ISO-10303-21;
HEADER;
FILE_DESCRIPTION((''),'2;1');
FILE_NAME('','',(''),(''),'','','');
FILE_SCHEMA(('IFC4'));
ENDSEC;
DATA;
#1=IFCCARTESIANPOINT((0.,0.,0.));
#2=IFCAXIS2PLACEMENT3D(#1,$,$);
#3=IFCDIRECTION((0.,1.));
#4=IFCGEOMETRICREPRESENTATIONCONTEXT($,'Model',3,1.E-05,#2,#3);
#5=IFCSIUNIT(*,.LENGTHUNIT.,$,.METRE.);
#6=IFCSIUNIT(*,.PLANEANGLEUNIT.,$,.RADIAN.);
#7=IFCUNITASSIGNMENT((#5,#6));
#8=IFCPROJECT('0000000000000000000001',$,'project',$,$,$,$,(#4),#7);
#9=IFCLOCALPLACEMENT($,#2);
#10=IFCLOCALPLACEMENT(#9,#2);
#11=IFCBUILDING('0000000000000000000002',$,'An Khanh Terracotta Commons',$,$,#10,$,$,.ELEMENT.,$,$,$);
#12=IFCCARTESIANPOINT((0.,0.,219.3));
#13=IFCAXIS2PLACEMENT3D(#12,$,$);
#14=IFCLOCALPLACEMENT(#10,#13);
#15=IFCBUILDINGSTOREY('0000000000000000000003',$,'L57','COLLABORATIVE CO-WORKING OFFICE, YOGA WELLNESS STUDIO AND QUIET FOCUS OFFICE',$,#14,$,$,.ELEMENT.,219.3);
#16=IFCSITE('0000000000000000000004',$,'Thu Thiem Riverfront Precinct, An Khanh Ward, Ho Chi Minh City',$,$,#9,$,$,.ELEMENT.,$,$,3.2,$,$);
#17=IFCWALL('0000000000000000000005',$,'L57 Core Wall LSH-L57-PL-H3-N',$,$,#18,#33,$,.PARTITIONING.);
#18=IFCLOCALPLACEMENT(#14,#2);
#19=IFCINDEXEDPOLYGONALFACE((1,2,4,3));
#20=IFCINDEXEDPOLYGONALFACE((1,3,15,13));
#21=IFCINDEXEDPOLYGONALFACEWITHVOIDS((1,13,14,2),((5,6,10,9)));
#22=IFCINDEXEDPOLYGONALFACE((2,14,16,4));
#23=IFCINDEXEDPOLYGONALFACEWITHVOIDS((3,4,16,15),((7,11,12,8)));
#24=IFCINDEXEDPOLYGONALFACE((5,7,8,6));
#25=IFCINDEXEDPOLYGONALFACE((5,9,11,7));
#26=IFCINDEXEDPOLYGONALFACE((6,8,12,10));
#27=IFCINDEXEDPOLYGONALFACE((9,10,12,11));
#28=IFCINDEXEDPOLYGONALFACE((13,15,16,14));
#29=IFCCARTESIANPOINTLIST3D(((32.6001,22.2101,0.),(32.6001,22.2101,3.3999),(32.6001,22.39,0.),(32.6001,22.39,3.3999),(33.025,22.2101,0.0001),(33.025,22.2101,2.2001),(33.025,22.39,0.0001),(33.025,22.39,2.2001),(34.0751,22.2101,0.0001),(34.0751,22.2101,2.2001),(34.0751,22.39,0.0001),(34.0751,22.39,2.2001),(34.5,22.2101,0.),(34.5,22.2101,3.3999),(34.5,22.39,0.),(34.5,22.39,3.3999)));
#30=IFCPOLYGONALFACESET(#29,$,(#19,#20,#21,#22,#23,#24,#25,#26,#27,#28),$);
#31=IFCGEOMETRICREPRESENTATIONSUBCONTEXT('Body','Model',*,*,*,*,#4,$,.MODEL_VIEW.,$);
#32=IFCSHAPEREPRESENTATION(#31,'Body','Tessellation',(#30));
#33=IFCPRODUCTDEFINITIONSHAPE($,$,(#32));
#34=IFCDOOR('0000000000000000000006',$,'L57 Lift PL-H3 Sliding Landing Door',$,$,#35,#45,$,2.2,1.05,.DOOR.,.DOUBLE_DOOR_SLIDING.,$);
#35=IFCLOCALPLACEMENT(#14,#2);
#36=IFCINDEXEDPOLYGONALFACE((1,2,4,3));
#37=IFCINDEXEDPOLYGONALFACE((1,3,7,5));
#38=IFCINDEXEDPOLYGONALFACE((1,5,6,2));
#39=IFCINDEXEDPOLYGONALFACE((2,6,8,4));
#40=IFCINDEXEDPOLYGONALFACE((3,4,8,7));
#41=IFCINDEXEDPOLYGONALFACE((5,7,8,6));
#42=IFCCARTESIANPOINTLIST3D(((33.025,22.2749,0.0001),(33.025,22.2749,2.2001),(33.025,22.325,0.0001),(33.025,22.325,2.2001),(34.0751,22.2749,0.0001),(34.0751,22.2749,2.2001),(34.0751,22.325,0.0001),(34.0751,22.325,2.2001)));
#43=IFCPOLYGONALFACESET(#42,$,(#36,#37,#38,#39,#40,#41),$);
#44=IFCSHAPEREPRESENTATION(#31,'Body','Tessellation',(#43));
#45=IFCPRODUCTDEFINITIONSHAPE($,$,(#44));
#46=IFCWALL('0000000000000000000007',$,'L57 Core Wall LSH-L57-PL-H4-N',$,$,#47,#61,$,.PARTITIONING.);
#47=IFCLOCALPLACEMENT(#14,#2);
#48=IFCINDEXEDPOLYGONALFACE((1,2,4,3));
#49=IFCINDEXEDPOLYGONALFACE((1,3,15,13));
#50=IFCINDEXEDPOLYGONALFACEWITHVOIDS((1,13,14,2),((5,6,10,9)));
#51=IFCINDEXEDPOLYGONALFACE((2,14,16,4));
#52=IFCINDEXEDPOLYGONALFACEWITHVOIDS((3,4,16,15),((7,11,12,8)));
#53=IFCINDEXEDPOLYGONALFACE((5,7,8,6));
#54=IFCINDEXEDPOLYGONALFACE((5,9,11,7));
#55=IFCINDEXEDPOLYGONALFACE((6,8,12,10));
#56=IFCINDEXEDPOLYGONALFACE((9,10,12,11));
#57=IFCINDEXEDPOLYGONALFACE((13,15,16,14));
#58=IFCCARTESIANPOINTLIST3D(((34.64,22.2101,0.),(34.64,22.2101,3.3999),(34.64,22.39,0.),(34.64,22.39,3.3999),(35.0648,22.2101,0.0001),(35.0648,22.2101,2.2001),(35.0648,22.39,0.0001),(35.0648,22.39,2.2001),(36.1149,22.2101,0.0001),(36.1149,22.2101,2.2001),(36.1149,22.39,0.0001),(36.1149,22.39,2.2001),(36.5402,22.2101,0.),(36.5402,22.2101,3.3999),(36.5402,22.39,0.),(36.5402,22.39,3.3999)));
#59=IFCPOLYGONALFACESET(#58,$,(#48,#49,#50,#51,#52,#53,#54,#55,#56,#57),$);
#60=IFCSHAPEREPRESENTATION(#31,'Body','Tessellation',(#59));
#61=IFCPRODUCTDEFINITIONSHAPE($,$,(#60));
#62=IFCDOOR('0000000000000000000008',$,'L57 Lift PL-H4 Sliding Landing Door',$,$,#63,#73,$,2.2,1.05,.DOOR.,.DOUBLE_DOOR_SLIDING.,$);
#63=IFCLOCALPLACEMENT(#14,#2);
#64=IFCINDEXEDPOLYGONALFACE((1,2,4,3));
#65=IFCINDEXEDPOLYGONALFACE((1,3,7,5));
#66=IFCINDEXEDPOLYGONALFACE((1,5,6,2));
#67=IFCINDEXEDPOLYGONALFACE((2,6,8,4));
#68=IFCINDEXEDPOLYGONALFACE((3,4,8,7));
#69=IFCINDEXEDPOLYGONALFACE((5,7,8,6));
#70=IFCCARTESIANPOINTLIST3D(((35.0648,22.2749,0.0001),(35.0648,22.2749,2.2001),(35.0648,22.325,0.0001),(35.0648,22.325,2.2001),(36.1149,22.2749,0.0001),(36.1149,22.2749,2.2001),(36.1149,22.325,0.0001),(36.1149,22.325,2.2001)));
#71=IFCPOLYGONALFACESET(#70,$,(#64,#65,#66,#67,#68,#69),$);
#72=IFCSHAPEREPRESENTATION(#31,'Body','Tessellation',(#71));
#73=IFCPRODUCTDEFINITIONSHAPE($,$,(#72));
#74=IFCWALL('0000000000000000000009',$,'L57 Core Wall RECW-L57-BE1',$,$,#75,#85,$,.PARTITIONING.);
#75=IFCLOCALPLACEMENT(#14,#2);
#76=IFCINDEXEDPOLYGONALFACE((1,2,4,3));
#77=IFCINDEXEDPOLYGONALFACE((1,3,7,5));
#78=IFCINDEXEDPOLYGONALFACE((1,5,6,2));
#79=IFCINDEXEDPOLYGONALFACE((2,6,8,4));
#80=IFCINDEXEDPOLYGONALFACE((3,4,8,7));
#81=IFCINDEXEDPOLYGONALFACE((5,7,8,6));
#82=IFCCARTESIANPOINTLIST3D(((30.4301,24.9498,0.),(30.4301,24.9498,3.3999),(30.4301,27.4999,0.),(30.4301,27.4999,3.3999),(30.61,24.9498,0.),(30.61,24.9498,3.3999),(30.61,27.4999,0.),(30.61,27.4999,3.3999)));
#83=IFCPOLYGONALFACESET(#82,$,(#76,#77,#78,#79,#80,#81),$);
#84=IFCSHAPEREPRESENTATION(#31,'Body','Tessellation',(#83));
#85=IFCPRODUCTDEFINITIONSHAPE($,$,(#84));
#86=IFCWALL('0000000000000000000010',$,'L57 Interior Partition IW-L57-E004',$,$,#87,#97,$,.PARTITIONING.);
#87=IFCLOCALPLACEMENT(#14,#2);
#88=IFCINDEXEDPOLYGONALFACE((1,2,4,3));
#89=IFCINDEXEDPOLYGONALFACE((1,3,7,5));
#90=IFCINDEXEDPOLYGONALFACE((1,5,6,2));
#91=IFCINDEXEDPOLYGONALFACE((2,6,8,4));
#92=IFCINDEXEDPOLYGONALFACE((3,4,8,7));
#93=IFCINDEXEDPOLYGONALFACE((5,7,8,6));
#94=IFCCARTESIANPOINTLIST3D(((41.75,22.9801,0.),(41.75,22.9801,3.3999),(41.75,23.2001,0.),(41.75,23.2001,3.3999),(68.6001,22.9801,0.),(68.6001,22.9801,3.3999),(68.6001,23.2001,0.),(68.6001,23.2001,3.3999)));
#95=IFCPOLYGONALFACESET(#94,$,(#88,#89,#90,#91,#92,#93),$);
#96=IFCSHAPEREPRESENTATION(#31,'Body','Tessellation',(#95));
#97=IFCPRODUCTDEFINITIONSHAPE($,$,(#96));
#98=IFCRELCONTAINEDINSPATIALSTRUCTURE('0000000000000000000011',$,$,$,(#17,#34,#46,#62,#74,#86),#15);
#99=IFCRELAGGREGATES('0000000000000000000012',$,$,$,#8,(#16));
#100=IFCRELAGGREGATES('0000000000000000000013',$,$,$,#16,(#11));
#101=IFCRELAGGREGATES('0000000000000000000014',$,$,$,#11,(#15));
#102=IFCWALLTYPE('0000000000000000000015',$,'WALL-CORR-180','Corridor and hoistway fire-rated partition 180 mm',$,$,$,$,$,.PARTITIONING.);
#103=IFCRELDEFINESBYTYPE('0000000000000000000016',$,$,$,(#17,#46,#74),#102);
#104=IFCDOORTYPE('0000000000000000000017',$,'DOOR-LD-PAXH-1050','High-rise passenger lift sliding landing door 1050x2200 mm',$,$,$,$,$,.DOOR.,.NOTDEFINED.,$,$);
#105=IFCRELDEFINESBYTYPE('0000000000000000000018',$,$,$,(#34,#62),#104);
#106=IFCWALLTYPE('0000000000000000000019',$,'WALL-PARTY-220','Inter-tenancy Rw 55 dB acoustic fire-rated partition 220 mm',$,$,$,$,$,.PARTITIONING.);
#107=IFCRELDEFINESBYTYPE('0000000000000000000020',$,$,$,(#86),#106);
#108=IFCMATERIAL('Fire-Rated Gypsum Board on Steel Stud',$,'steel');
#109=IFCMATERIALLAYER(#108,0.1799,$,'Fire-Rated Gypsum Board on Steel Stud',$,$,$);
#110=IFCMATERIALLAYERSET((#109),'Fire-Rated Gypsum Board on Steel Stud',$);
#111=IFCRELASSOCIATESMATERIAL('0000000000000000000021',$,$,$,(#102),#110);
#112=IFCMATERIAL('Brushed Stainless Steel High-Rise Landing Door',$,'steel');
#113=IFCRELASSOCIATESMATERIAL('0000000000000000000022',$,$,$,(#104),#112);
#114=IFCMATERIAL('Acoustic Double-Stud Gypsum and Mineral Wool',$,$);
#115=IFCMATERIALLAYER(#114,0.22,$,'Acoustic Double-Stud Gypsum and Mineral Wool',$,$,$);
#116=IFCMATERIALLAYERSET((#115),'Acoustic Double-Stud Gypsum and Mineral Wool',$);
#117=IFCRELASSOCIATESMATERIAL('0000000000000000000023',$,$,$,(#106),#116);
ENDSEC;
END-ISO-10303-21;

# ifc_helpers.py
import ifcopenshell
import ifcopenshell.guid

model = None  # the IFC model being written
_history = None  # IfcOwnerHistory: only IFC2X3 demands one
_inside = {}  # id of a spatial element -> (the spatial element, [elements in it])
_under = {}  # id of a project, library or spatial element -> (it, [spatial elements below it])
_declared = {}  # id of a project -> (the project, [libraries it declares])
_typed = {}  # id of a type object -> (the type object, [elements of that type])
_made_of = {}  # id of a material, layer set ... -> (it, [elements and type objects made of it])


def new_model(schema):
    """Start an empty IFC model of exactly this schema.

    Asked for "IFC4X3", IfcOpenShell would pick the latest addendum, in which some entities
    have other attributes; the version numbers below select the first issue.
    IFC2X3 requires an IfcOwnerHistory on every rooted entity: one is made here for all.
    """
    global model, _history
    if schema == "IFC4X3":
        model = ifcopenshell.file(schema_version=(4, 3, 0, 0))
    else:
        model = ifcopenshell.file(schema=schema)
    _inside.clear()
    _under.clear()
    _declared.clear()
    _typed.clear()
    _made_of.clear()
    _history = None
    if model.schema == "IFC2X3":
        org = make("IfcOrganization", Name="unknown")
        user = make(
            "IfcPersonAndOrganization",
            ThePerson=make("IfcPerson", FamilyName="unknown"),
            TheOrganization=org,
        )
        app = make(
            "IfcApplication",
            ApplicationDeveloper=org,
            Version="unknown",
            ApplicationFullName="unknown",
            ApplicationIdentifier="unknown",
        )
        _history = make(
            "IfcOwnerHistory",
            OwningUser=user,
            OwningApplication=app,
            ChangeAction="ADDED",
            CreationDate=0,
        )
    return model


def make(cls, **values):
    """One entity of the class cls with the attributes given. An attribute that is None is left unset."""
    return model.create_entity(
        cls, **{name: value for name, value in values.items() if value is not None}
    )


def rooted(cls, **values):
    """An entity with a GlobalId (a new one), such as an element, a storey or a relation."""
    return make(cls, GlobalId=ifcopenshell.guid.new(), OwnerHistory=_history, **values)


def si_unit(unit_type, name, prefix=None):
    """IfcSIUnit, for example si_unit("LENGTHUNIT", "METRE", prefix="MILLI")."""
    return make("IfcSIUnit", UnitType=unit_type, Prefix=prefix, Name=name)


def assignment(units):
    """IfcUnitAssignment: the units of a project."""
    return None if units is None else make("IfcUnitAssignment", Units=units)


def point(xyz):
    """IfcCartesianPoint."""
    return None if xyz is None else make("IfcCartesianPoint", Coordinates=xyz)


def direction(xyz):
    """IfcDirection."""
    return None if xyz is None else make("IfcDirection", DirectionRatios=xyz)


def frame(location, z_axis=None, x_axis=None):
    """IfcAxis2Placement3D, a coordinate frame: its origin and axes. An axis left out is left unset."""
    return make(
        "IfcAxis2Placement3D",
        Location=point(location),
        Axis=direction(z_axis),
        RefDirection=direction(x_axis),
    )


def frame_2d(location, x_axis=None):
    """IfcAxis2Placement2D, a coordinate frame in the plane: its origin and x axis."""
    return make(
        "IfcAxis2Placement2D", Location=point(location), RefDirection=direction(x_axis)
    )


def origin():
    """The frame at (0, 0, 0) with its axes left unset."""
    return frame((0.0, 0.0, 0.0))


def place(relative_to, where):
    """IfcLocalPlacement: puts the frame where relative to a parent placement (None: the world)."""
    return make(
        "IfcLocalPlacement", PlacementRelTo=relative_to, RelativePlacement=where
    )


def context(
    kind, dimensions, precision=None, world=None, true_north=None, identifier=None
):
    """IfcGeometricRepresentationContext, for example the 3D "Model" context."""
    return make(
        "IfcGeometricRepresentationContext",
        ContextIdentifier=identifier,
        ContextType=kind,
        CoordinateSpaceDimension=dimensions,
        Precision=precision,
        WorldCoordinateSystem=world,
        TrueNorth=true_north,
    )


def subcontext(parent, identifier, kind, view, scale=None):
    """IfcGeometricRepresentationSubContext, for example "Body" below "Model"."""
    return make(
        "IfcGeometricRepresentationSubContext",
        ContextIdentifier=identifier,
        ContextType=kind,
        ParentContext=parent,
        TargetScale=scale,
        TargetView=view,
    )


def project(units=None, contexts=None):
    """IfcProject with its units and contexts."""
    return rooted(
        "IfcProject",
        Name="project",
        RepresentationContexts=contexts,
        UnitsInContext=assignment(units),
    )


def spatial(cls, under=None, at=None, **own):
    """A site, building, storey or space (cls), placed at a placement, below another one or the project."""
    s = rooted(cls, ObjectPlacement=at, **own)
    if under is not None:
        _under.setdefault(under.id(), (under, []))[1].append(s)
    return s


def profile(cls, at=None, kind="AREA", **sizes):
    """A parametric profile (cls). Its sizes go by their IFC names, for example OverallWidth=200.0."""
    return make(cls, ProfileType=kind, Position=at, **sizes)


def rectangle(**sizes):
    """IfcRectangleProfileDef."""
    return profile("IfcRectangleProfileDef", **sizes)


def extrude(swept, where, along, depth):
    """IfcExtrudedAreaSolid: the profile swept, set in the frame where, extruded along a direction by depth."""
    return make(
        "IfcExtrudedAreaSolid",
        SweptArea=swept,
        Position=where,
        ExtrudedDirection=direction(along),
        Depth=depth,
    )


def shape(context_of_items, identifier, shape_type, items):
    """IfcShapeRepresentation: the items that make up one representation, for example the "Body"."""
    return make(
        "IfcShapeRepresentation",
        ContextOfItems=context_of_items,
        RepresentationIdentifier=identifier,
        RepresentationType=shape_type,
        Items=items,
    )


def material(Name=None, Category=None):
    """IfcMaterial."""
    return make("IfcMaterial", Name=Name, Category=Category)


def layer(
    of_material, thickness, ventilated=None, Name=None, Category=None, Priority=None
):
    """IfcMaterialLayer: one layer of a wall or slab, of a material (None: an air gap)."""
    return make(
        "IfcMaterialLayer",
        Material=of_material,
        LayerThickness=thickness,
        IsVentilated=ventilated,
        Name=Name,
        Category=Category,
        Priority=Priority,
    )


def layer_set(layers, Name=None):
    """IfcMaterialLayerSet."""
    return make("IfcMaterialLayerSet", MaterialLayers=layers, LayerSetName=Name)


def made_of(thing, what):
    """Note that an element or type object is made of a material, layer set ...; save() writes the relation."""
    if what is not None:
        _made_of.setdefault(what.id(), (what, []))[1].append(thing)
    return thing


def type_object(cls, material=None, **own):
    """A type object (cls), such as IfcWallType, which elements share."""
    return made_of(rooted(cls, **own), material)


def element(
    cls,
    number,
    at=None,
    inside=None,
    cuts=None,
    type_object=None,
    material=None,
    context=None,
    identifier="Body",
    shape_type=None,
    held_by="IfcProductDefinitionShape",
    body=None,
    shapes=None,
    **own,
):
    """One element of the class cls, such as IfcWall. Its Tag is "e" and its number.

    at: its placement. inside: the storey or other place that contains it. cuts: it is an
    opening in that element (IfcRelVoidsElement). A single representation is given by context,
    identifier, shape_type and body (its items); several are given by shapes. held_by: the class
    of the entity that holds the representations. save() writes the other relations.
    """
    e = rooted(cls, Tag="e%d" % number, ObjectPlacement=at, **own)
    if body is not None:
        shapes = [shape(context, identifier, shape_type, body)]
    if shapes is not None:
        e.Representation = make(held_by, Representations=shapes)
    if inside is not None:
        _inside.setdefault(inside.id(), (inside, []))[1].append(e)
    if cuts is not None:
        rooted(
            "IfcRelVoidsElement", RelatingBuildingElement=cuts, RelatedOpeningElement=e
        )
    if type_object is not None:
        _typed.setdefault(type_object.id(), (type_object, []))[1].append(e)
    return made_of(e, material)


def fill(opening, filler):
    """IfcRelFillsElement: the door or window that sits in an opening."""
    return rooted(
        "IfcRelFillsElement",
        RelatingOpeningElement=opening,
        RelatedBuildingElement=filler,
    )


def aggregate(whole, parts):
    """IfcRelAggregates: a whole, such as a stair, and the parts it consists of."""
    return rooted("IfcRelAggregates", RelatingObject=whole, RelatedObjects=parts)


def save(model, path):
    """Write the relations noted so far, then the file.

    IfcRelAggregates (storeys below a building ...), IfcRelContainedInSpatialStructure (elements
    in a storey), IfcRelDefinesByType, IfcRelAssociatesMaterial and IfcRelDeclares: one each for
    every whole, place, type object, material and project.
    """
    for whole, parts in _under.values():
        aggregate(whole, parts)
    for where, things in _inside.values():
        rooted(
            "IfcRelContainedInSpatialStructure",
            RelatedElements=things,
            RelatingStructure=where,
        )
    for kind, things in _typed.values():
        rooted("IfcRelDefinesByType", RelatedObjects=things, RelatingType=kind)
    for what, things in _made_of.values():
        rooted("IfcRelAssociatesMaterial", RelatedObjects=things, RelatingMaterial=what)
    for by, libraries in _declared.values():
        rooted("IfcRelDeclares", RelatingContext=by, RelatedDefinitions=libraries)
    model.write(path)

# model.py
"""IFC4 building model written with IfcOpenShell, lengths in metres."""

from ifc_helpers import new_model, si_unit, direction, frame, frame_2d, origin, place, context, subcontext, project, spatial, rectangle, extrude, material, layer, layer_set, type_object, element, fill, save


model = new_model("IFC4")

# Units and contexts
model_context = context("Model", 3, precision=1e-05, world=origin(), true_north=direction((0.0, 1.0)))
body_context = subcontext(model_context, "Body", "Model", "MODEL_VIEW")
ifc_project = project(units=[si_unit("LENGTHUNIT", "METRE"), si_unit("PLANEANGLEUNIT", "RADIAN")], contexts=[model_context])

# Site, building, storey
site_placement = place(None, origin())
site = spatial("IfcSite", under=ifc_project, at=site_placement, Name="Thu Thiem Riverfront Precinct, An Khanh Ward, Ho Chi Minh City", CompositionType="ELEMENT", RefElevation=3.2)
building_placement = place(site_placement, origin())
building = spatial("IfcBuilding", under=site, at=building_placement, Name="An Khanh Terracotta Commons", CompositionType="ELEMENT")
storey_placement = place(building_placement, frame((0.0, 0.0, 219.3)))
storey = spatial("IfcBuildingStorey", under=building, at=storey_placement, Name="L57", Description="COLLABORATIVE CO-WORKING OFFICE, YOGA WELLNESS STUDIO AND QUIET FOCUS OFFICE", CompositionType="ELEMENT", Elevation=219.3)

# Shared definitions
ifc_material_1 = material(Name="Fire-Rated Gypsum Board on Steel Stud", Category="steel")
ifc_layer_1 = layer(ifc_material_1, 0.1799, Name="Fire-Rated Gypsum Board on Steel Stud")
ifc_layer_set_1 = layer_set([ifc_layer_1], Name="Fire-Rated Gypsum Board on Steel Stud")
wall_type_1 = type_object("IfcWallType", Name="WALL-CORR-180", Description="Corridor and hoistway fire-rated partition 180 mm", PredefinedType="PARTITIONING", material=ifc_layer_set_1)

# Shared definitions
ifc_material_2 = material(Name="Brushed Stainless Steel High-Rise Landing Door", Category="steel")
door_type = type_object("IfcDoorType", Name="DOOR-LD-PAXH-1050", Description="High-rise passenger lift sliding landing door 1050x2200 mm", OperationType="NOTDEFINED", PredefinedType="DOOR", material=ifc_material_2)

# Walls, openings, doors
wall_1_placement = place(storey_placement, frame((32.6001, 22.3, 0.0), z_axis=(0.0, 0.0, 1.0), x_axis=(1.0, 0.0, 0.0)))
wall_1 = element("IfcWall", 1, at=wall_1_placement, inside=storey, type_object=wall_type_1, Name="L57 Core Wall LSH-L57-PL-H3-N", PredefinedType="PARTITIONING", context=body_context, shape_type="SweptSolid", body=[
    extrude(rectangle(XDim=1.8999, YDim=0.1799, at=frame_2d((0.95, 0.0))), origin(), (0.0, 0.0, 1.0), 3.3999),
])
opening_1_placement = place(wall_1_placement, frame((0.425, 0.0, 0.0)))
opening_1 = element("IfcOpeningElement", 2, at=opening_1_placement, cuts=wall_1, PredefinedType="OPENING", context=body_context, shape_type="SweptSolid", body=[
    extrude(rectangle(XDim=1.05, YDim=2.2, at=frame_2d((0.5249, 1.1001))), frame((0.0, 0.0999, 0.0), z_axis=(0.0, -1.0, 0.0), x_axis=(1.0, 0.0, 0.0)), (0.0, 0.0, 1.0), 0.2),
])
door_1_placement = place(opening_1_placement, origin())
door_1 = element("IfcDoor", 3, at=door_1_placement, inside=storey, type_object=door_type, Name="L57 Lift PL-H3 Sliding Landing Door", OperationType="DOUBLE_DOOR_SLIDING", OverallHeight=2.2, OverallWidth=1.05, PredefinedType="DOOR", context=body_context, shape_type="SweptSolid", body=[
    extrude(rectangle(XDim=1.05, YDim=2.2, at=frame_2d((0.5249, 1.1001))), frame((0.0, 0.0249, 0.0), z_axis=(0.0, -1.0, 0.0), x_axis=(1.0, 0.0, 0.0)), (0.0, 0.0, 1.0), 0.05),
])
fill(opening_1, door_1)
wall_2_placement = place(storey_placement, frame((34.6399, 22.3, 0.0), z_axis=(0.0, 0.0, 1.0), x_axis=(1.0, 0.0, 0.0)))
wall_2 = element("IfcWall", 4, at=wall_2_placement, inside=storey, type_object=wall_type_1, Name="L57 Core Wall LSH-L57-PL-H4-N", PredefinedType="PARTITIONING", context=body_context, shape_type="SweptSolid", body=[
    extrude(rectangle(XDim=1.9001, YDim=0.1799, at=frame_2d((0.9502, 0.0))), origin(), (0.0, 0.0, 1.0), 3.3999),
])
opening_2_placement = place(wall_2_placement, frame((0.425, 0.0, 0.0)))
opening_2 = element("IfcOpeningElement", 5, at=opening_2_placement, cuts=wall_2, PredefinedType="OPENING", context=body_context, shape_type="SweptSolid", body=[
    extrude(rectangle(XDim=1.05, YDim=2.2, at=frame_2d((0.5249, 1.1001))), frame((0.0, 0.0999, 0.0), z_axis=(0.0, -1.0, 0.0), x_axis=(1.0, 0.0, 0.0)), (0.0, 0.0, 1.0), 0.2),
])
door_2_placement = place(opening_2_placement, origin())
door_2 = element("IfcDoor", 6, at=door_2_placement, inside=storey, type_object=door_type, Name="L57 Lift PL-H4 Sliding Landing Door", OperationType="DOUBLE_DOOR_SLIDING", OverallHeight=2.2, OverallWidth=1.05, PredefinedType="DOOR", context=body_context, shape_type="SweptSolid", body=[
    extrude(rectangle(XDim=1.05, YDim=2.2, at=frame_2d((0.5249, 1.1001))), frame((0.0, 0.0249, 0.0), z_axis=(0.0, -1.0, 0.0), x_axis=(1.0, 0.0, 0.0)), (0.0, 0.0, 1.0), 0.05),
])
fill(opening_2, door_2)

# Walls
wall_3_placement = place(storey_placement, frame((30.52, 24.95, 0.0), z_axis=(0.0, 0.0, 1.0), x_axis=(0.0, 1.0, 0.0)))
element("IfcWall", 7, at=wall_3_placement, inside=storey, type_object=wall_type_1, Name="L57 Core Wall RECW-L57-BE1", PredefinedType="PARTITIONING", context=body_context, shape_type="SweptSolid", body=[
    extrude(rectangle(XDim=2.55, YDim=0.1799, at=frame_2d((1.2749, 0.0))), origin(), (0.0, 0.0, 1.0), 3.3999),
])
ifc_material_3 = material(Name="Acoustic Double-Stud Gypsum and Mineral Wool")
ifc_layer_2 = layer(ifc_material_3, 0.22, Name="Acoustic Double-Stud Gypsum and Mineral Wool")
ifc_layer_set_2 = layer_set([ifc_layer_2], Name="Acoustic Double-Stud Gypsum and Mineral Wool")
wall_type_2 = type_object("IfcWallType", Name="WALL-PARTY-220", Description="Inter-tenancy Rw 55 dB acoustic fire-rated partition 220 mm", PredefinedType="PARTITIONING", material=ifc_layer_set_2)
wall_4_placement = place(storey_placement, frame((41.75, 23.0901, 0.0), z_axis=(0.0, 0.0, 1.0), x_axis=(1.0, 0.0, 0.0)))
element("IfcWall", 8, at=wall_4_placement, inside=storey, type_object=wall_type_2, Name="L57 Interior Partition IW-L57-E004", PredefinedType="PARTITIONING", context=body_context, shape_type="SweptSolid", body=[
    extrude(rectangle(XDim=26.8501, YDim=0.22, at=frame_2d((13.425, 0.0))), origin(), (0.0, 0.0, 1.0), 3.3999),
])

save(model, "model.ifc")
